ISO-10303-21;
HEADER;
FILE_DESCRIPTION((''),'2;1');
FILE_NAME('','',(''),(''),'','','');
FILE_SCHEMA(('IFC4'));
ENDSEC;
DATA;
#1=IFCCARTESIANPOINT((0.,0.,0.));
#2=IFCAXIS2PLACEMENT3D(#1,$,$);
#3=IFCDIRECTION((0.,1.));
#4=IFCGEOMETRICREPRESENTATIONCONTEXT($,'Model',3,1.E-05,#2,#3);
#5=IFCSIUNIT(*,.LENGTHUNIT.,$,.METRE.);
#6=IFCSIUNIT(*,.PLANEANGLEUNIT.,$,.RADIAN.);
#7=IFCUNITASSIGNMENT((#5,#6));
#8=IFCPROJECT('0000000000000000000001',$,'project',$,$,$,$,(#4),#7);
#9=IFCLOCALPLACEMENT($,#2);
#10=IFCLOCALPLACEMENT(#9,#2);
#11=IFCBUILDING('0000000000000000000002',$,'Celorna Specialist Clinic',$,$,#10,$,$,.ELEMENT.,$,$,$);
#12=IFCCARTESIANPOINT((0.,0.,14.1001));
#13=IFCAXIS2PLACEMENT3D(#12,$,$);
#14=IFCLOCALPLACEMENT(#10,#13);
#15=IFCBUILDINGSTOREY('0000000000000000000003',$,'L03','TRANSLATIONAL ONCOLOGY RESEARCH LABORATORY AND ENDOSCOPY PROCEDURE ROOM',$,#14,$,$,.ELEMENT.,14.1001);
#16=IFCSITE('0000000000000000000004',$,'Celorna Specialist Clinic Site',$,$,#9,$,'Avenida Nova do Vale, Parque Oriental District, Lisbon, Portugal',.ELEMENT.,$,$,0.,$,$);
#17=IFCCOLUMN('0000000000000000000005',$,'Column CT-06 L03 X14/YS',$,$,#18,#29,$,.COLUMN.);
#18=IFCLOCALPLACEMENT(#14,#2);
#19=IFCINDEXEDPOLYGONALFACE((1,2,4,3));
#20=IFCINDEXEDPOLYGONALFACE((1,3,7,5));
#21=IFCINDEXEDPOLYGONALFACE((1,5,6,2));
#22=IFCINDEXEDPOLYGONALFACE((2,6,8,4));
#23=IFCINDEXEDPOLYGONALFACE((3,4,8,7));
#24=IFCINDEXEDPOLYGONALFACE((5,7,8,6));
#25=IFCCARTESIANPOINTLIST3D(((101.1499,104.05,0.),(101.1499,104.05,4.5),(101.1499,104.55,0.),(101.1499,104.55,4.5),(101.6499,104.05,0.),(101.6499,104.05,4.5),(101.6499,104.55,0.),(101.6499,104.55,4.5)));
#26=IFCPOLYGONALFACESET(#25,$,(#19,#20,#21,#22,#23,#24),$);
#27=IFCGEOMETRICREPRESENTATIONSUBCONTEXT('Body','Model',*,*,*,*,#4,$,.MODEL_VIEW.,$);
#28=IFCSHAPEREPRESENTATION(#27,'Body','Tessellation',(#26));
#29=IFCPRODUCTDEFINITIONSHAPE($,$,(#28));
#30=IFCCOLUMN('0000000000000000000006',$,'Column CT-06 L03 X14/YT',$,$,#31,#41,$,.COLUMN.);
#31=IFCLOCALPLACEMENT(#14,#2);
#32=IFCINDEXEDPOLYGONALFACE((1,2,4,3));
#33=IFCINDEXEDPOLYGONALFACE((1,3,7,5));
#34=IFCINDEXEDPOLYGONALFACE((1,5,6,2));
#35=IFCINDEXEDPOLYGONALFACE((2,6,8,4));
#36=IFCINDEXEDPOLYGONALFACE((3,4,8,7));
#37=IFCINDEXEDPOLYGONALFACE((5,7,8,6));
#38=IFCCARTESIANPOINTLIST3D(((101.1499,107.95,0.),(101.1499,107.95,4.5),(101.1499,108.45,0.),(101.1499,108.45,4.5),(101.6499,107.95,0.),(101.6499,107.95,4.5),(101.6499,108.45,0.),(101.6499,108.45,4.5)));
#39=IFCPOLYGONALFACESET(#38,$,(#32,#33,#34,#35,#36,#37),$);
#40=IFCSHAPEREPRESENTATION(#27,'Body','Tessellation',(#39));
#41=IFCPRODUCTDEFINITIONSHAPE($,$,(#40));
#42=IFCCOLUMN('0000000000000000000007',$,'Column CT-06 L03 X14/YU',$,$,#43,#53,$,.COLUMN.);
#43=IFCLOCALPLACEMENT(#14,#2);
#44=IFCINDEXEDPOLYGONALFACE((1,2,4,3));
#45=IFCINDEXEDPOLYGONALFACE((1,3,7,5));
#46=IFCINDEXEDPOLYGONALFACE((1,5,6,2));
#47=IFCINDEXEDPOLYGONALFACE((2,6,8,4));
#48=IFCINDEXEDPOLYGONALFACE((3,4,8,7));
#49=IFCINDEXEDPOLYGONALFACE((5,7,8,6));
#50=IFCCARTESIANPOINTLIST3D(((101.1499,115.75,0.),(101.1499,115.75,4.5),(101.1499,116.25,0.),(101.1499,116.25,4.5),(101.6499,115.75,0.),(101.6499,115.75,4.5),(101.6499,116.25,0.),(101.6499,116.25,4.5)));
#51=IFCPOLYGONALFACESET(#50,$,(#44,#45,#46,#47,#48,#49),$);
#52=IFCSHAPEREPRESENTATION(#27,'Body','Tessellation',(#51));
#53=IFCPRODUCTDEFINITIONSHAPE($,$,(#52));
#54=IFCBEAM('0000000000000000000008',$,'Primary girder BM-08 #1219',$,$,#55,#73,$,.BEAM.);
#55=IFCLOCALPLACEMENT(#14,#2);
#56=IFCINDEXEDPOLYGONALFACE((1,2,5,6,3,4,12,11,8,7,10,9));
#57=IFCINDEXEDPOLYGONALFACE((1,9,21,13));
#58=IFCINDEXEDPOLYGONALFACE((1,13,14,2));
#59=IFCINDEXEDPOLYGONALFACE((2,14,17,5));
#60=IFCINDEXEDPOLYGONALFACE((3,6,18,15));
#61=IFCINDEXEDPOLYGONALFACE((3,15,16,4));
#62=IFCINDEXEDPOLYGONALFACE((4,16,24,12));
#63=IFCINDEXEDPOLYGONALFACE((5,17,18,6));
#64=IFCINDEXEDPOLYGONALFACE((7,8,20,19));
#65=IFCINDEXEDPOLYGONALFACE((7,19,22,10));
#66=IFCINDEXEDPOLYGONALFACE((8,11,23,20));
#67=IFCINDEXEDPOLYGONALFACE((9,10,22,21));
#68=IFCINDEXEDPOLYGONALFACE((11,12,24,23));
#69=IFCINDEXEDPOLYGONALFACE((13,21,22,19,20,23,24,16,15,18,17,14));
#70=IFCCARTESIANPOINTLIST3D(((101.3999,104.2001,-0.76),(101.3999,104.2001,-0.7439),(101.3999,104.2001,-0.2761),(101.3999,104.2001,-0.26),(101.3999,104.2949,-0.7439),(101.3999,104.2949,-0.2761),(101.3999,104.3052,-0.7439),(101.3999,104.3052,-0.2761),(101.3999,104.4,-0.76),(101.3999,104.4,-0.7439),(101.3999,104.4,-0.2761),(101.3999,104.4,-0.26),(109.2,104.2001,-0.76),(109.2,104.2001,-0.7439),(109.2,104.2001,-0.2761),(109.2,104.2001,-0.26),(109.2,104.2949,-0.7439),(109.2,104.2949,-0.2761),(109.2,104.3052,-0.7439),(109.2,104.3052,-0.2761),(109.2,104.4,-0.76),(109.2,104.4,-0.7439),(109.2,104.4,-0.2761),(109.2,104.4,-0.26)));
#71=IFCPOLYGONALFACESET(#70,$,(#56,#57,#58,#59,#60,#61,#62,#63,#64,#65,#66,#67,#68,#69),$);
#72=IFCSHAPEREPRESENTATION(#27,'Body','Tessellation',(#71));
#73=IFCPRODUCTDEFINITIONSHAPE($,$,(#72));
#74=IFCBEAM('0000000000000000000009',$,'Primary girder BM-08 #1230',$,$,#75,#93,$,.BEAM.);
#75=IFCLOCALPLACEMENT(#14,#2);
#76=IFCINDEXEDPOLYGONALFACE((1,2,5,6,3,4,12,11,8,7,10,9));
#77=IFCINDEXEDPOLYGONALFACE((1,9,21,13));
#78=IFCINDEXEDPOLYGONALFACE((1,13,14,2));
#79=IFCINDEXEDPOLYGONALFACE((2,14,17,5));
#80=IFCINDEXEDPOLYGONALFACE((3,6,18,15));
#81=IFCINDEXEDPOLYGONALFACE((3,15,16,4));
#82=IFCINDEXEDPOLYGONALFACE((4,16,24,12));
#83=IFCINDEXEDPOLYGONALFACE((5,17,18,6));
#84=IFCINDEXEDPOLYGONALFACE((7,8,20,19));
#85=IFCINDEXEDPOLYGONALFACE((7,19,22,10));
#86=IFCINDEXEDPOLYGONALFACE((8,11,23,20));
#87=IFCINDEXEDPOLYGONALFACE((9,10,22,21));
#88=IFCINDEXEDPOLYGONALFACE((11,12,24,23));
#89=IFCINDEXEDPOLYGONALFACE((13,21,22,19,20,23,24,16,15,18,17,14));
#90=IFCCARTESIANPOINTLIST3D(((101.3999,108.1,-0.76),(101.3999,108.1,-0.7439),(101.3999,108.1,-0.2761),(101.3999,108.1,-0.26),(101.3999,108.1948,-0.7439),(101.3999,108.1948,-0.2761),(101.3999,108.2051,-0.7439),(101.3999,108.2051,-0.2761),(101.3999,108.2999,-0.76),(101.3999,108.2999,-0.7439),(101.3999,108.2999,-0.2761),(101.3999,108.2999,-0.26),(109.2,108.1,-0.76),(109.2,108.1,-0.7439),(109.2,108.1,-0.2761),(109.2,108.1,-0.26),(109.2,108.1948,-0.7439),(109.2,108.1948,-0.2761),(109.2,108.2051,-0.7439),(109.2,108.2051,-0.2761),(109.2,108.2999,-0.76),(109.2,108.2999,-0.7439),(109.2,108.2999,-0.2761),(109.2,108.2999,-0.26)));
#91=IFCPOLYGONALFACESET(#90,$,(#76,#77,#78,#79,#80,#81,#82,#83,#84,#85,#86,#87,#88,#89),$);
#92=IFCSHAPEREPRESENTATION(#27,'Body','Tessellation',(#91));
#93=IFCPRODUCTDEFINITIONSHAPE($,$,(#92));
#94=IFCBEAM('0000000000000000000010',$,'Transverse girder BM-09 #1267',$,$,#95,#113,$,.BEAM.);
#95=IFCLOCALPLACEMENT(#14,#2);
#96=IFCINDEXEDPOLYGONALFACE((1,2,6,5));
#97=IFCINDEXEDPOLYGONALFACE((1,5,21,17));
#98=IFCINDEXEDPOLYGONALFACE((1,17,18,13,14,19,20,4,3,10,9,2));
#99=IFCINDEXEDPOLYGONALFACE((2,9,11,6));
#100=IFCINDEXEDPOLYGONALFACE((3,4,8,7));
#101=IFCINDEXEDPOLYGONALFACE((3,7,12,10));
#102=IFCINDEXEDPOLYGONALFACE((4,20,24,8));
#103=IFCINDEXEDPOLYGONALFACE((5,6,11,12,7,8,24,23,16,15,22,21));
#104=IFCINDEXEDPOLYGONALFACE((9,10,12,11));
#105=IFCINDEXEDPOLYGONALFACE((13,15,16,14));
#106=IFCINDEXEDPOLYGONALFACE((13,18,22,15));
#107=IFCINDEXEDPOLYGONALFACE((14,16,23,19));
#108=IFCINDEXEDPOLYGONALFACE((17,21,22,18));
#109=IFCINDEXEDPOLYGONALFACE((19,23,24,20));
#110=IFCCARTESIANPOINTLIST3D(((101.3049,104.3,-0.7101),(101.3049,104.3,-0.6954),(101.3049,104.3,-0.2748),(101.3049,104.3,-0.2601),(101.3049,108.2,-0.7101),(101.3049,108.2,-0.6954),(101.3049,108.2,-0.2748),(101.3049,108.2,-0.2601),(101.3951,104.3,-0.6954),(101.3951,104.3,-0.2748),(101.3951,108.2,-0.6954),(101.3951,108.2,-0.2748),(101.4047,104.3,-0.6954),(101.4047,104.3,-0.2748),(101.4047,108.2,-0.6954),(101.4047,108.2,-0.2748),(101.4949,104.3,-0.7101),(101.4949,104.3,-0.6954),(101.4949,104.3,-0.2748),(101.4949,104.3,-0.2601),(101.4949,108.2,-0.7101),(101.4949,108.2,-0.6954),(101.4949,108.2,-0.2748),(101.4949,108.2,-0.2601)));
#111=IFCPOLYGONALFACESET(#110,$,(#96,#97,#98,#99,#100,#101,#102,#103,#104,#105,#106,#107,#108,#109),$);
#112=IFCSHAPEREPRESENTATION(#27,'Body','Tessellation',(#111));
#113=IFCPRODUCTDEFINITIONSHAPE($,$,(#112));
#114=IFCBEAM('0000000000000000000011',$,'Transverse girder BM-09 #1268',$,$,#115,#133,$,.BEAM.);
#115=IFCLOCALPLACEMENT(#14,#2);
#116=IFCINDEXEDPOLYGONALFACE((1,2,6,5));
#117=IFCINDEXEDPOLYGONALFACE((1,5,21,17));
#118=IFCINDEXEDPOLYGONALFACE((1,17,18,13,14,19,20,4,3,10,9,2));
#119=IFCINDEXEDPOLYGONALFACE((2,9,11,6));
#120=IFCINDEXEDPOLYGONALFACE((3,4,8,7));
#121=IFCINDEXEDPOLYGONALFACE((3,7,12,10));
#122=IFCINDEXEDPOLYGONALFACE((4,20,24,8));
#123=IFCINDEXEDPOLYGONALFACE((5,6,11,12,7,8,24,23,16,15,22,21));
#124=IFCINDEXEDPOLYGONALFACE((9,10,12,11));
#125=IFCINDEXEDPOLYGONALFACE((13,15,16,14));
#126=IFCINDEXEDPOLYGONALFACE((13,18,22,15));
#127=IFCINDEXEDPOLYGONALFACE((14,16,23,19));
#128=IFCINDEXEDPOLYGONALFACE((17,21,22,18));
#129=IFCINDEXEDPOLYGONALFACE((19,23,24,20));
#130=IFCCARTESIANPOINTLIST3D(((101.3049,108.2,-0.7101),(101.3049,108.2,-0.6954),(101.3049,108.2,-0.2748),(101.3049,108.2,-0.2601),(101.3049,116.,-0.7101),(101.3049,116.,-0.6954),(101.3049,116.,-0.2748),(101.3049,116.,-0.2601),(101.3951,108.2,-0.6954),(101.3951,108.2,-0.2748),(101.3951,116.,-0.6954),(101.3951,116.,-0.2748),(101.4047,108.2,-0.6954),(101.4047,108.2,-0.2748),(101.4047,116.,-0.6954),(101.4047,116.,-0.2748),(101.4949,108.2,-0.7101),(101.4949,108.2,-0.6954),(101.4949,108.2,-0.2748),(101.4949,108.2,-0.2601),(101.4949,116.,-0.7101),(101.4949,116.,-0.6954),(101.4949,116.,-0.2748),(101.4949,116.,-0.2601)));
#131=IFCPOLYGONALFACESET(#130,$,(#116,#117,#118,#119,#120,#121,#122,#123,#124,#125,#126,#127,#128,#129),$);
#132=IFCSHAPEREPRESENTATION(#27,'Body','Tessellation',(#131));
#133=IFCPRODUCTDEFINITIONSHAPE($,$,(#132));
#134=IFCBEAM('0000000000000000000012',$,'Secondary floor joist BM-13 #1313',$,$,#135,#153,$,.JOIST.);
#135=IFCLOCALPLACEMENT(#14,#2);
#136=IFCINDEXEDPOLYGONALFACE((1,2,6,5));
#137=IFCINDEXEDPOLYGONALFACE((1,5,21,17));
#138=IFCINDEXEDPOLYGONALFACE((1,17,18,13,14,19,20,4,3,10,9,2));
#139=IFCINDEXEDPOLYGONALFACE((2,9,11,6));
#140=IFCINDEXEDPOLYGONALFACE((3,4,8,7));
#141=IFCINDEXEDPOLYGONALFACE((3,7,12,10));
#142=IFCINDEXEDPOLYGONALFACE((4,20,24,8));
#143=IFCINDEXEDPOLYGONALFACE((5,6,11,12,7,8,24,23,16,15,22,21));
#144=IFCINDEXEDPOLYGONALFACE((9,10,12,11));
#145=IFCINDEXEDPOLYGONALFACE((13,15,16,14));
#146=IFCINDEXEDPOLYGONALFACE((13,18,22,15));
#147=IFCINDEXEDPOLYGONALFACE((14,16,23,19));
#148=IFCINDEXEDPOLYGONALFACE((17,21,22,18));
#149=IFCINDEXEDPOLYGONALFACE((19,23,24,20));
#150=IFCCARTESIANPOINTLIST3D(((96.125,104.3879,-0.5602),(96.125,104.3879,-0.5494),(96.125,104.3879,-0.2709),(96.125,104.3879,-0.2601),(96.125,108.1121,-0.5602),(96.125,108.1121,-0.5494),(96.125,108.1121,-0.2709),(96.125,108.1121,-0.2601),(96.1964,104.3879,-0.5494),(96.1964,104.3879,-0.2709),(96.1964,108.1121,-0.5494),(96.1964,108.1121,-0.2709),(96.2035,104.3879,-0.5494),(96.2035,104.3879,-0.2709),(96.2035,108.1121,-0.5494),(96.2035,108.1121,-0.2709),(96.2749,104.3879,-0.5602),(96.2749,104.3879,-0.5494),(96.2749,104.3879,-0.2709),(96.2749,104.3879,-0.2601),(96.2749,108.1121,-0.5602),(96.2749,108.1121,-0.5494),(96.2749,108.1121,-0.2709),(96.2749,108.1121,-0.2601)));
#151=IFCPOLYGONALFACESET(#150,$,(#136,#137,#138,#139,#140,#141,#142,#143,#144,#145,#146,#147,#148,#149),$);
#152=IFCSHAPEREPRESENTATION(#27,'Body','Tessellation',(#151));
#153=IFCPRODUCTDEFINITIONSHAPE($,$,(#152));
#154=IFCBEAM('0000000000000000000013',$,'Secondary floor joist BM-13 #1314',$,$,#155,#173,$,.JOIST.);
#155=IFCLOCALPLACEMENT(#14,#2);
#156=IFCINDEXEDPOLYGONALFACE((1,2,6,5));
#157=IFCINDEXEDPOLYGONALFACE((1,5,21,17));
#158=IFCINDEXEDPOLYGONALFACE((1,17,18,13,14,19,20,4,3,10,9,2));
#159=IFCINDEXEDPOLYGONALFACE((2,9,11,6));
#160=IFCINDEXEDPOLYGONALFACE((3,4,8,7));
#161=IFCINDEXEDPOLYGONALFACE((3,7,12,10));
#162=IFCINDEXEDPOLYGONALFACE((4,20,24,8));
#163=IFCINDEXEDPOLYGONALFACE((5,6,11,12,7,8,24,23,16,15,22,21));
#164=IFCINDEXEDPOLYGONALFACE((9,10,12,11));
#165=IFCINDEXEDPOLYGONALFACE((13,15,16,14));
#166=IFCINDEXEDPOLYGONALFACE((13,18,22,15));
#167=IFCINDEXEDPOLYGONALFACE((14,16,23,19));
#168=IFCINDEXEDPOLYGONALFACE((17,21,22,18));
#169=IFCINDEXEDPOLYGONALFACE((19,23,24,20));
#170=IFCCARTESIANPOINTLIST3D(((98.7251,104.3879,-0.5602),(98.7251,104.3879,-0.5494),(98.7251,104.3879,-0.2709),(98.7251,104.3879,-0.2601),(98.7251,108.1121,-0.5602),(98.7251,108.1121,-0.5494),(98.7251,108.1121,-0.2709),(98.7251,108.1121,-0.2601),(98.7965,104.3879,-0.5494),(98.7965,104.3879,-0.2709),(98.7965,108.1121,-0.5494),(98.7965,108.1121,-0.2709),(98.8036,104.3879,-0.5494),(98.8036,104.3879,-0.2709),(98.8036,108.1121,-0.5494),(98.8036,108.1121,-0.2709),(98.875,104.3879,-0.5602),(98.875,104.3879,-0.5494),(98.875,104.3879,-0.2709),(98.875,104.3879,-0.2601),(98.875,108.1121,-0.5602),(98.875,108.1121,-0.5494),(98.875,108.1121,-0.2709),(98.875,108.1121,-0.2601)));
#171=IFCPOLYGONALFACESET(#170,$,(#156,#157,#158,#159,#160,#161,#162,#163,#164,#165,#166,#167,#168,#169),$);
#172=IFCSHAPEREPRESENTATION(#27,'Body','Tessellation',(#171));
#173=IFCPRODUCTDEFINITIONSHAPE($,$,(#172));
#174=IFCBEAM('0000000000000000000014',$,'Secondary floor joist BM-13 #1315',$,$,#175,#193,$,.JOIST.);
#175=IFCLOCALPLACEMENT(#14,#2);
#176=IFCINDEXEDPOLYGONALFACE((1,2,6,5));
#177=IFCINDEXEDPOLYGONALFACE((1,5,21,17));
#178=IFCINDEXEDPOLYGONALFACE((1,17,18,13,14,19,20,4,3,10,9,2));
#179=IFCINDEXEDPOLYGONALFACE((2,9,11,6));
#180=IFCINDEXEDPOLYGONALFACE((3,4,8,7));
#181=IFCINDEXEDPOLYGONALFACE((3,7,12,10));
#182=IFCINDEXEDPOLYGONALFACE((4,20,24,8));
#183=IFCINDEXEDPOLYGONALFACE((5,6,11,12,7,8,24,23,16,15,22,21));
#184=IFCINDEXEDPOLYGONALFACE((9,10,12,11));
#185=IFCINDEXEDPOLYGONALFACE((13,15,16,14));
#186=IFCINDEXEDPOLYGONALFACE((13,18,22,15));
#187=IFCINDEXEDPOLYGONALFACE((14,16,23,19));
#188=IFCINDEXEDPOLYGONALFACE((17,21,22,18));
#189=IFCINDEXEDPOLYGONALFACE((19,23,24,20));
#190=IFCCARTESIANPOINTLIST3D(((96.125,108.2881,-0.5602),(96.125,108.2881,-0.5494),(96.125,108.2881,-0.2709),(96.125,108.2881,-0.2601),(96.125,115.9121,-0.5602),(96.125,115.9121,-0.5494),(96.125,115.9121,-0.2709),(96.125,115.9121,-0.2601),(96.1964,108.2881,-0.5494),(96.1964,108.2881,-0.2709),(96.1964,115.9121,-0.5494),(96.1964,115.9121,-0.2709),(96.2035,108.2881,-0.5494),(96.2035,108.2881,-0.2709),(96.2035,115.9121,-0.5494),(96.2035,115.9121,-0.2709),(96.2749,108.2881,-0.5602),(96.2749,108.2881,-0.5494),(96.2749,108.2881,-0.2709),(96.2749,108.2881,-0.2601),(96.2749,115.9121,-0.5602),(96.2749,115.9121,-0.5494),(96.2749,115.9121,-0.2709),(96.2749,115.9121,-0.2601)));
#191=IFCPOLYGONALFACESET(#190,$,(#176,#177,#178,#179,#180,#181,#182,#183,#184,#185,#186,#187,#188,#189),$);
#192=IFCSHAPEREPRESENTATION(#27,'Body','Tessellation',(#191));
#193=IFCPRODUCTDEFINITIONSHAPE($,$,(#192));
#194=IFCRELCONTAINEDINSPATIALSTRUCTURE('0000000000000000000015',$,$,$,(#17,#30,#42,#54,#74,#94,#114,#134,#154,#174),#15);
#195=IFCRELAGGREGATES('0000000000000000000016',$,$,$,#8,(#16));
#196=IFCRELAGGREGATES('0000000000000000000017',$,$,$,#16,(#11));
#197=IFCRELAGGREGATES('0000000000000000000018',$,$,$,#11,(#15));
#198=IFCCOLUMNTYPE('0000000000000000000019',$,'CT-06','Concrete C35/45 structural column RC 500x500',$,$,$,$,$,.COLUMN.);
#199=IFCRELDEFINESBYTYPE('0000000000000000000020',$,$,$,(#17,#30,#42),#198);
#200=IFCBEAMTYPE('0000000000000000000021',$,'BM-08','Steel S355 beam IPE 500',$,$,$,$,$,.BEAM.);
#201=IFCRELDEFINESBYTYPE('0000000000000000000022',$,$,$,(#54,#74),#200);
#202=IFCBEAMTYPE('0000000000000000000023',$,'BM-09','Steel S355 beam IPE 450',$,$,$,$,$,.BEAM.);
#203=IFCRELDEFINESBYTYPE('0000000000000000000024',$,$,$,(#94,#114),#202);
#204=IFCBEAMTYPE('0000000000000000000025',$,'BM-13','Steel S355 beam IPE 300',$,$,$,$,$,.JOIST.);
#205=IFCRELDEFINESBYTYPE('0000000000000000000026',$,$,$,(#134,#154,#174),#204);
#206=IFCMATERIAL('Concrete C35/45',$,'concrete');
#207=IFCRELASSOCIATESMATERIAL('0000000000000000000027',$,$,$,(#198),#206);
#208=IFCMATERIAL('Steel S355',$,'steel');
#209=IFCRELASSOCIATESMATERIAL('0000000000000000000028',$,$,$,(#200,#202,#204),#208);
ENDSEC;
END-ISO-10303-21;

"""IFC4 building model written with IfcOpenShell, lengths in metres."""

from ifc_helpers import new_model, si_unit, direction, frame, origin, origin_2d, place, context, subcontext, project, spatial, rectangle, i_section, extrude, material, material_profile, profile_set, type_object, element, save


model = new_model("IFC4")

# Units and contexts
model_context = context("Model", 3, precision=1e-05, world=origin(), true_north=direction((0.0, 1.0)))
body_context = subcontext(model_context, "Body", "Model", "MODEL_VIEW")
ifc_project = project(units=[si_unit("LENGTHUNIT", "METRE"), si_unit("PLANEANGLEUNIT", "RADIAN")], contexts=[model_context])

# Site, building, storey
site_placement = place(None, origin())
site = spatial("IfcSite", under=ifc_project, at=site_placement, Name="Celorna Specialist Clinic Site", LongName="Avenida Nova do Vale, Parque Oriental District, Lisbon, Portugal", CompositionType="ELEMENT", RefElevation=0.0)
building_placement = place(site_placement, origin())
building = spatial("IfcBuilding", under=site, at=building_placement, Name="Celorna Specialist Clinic", CompositionType="ELEMENT")
storey_placement = place(building_placement, frame((0.0, 0.0, 14.1001)))
storey = spatial("IfcBuildingStorey", under=building, at=storey_placement, Name="L03", Description="TRANSLATIONAL ONCOLOGY RESEARCH LABORATORY AND ENDOSCOPY PROCEDURE ROOM", CompositionType="ELEMENT", Elevation=14.1001)

# Columns
ifc_material_1 = material(Name="Concrete C35/45", Category="concrete")
ifc_material_profile_1 = material_profile(ifc_material_1, rectangle(XDim=0.5, YDim=0.5, at=origin_2d()), Name="RC 500x500")
ifc_profile_set_1 = profile_set([ifc_material_profile_1], Name="Concrete C35/45")
column_type = type_object("IfcColumnType", Name="CT-06", Description="Concrete C35/45 structural column RC 500x500", PredefinedType="COLUMN", material=ifc_profile_set_1)
for number, where, z_axis, x_axis, name in (
    (1, (101.3999, 104.3, 0.0), (0.0, 0.0, 1.0), (1.0, 0.0, 0.0), "Column CT-06 L03 X14/YS"),
    (2, (101.3999, 108.2, 0.0), (0.0, 0.0, 1.0), (1.0, 0.0, 0.0), "Column CT-06 L03 X14/YT"),
    (3, (101.3999, 116.0, 0.0), (0.0, 0.0, 1.0), (1.0, 0.0, 0.0), "Column CT-06 L03 X14/YU"),
):
    element("IfcColumn", number, at=place(storey_placement, frame(where, z_axis=z_axis, x_axis=x_axis)), inside=storey, type_object=column_type, Name=name, PredefinedType="COLUMN", context=body_context, shape_type="SweptSolid", body=[
        extrude(rectangle(XDim=0.5, YDim=0.5, at=origin_2d()), origin(), (0.0, 0.0, 1.0), 4.5),
    ])

# Beams
ifc_material_2 = material(Name="Steel S355", Category="steel")
ifc_material_profile_2 = material_profile(ifc_material_2, i_section(OverallWidth=0.2, OverallDepth=0.5, WebThickness=0.0103, FlangeThickness=0.0161, at=origin_2d()), Name="IPE 500")
ifc_profile_set_2 = profile_set([ifc_material_profile_2], Name="Steel S355")
beam_type_1 = type_object("IfcBeamType", Name="BM-08", Description="Steel S355 beam IPE 500", PredefinedType="BEAM", material=ifc_profile_set_2)
for number, where, z_axis, x_axis, name in (
    (4, (101.3999, 104.3, -0.51), (1.0, 0.0, 0.0), (0.0, 1.0, 0.0), "Primary girder BM-08 #1219"),
    (5, (101.3999, 108.2, -0.51), (1.0, 0.0, 0.0), (0.0, 1.0, 0.0), "Primary girder BM-08 #1230"),
):
    element("IfcBeam", number, at=place(storey_placement, frame(where, z_axis=z_axis, x_axis=x_axis)), inside=storey, type_object=beam_type_1, Name=name, PredefinedType="BEAM", context=body_context, shape_type="SweptSolid", body=[
        extrude(i_section(OverallWidth=0.2, OverallDepth=0.5, WebThickness=0.0103, FlangeThickness=0.0161, at=origin_2d()), origin(), (0.0, 0.0, 1.0), 7.8),
    ])
ifc_material_profile_3 = material_profile(ifc_material_2, i_section(OverallWidth=0.1899, OverallDepth=0.45, WebThickness=0.0095, FlangeThickness=0.0146, at=origin_2d()), Name="IPE 450")
ifc_profile_set_3 = profile_set([ifc_material_profile_3], Name="Steel S355")
beam_type_2 = type_object("IfcBeamType", Name="BM-09", Description="Steel S355 beam IPE 450", PredefinedType="BEAM", material=ifc_profile_set_3)
beam_1_placement = place(storey_placement, frame((101.3999, 104.3, -0.4851), z_axis=(0.0, 1.0, 0.0), x_axis=(-1.0, 0.0, 0.0)))
element("IfcBeam", 6, at=beam_1_placement, inside=storey, type_object=beam_type_2, Name="Transverse girder BM-09 #1267", PredefinedType="BEAM", context=body_context, shape_type="SweptSolid", body=[
    extrude(i_section(OverallWidth=0.1899, OverallDepth=0.45, WebThickness=0.0095, FlangeThickness=0.0146, at=origin_2d()), origin(), (0.0, 0.0, 1.0), 3.8999),
])
beam_2_placement = place(storey_placement, frame((101.3999, 108.2, -0.4851), z_axis=(0.0, 1.0, 0.0), x_axis=(-1.0, 0.0, 0.0)))
element("IfcBeam", 7, at=beam_2_placement, inside=storey, type_object=beam_type_2, Name="Transverse girder BM-09 #1268", PredefinedType="BEAM", context=body_context, shape_type="SweptSolid", body=[
    extrude(i_section(OverallWidth=0.1899, OverallDepth=0.45, WebThickness=0.0095, FlangeThickness=0.0146, at=origin_2d()), origin(), (0.0, 0.0, 1.0), 7.8),
])
ifc_material_profile_4 = material_profile(ifc_material_2, i_section(OverallWidth=0.1499, OverallDepth=0.3, WebThickness=0.0071, FlangeThickness=0.0107, at=origin_2d()), Name="IPE 300")
ifc_profile_set_4 = profile_set([ifc_material_profile_4], Name="Steel S355")
beam_type_3 = type_object("IfcBeamType", Name="BM-13", Description="Steel S355 beam IPE 300", PredefinedType="JOIST", material=ifc_profile_set_4)
for number, where, z_axis, x_axis, name in (
    (8, (96.2, 104.3879, -0.4102), (0.0, 1.0, 0.0), (-1.0, 0.0, 0.0), "Secondary floor joist BM-13 #1313"),
    (9, (98.8, 104.3879, -0.4102), (0.0, 1.0, 0.0), (-1.0, 0.0, 0.0), "Secondary floor joist BM-13 #1314"),
):
    element("IfcBeam", number, at=place(storey_placement, frame(where, z_axis=z_axis, x_axis=x_axis)), inside=storey, type_object=beam_type_3, Name=name, PredefinedType="JOIST", context=body_context, shape_type="SweptSolid", body=[
        extrude(i_section(OverallWidth=0.1499, OverallDepth=0.3, WebThickness=0.0071, FlangeThickness=0.0107, at=origin_2d()), origin(), (0.0, 0.0, 1.0), 3.7241),
    ])
for number, where, z_axis, x_axis, name in (
    (10, (96.2, 108.2881, -0.4102), (0.0, 1.0, 0.0), (-1.0, 0.0, 0.0), "Secondary floor joist BM-13 #1315"),
):
    element("IfcBeam", number, at=place(storey_placement, frame(where, z_axis=z_axis, x_axis=x_axis)), inside=storey, type_object=beam_type_3, Name=name, PredefinedType="JOIST", context=body_context, shape_type="SweptSolid", body=[
        extrude(i_section(OverallWidth=0.1499, OverallDepth=0.3, WebThickness=0.0071, FlangeThickness=0.0107, at=origin_2d()), origin(), (0.0, 0.0, 1.0), 7.624),
    ])

save(model, "model.ifc")
